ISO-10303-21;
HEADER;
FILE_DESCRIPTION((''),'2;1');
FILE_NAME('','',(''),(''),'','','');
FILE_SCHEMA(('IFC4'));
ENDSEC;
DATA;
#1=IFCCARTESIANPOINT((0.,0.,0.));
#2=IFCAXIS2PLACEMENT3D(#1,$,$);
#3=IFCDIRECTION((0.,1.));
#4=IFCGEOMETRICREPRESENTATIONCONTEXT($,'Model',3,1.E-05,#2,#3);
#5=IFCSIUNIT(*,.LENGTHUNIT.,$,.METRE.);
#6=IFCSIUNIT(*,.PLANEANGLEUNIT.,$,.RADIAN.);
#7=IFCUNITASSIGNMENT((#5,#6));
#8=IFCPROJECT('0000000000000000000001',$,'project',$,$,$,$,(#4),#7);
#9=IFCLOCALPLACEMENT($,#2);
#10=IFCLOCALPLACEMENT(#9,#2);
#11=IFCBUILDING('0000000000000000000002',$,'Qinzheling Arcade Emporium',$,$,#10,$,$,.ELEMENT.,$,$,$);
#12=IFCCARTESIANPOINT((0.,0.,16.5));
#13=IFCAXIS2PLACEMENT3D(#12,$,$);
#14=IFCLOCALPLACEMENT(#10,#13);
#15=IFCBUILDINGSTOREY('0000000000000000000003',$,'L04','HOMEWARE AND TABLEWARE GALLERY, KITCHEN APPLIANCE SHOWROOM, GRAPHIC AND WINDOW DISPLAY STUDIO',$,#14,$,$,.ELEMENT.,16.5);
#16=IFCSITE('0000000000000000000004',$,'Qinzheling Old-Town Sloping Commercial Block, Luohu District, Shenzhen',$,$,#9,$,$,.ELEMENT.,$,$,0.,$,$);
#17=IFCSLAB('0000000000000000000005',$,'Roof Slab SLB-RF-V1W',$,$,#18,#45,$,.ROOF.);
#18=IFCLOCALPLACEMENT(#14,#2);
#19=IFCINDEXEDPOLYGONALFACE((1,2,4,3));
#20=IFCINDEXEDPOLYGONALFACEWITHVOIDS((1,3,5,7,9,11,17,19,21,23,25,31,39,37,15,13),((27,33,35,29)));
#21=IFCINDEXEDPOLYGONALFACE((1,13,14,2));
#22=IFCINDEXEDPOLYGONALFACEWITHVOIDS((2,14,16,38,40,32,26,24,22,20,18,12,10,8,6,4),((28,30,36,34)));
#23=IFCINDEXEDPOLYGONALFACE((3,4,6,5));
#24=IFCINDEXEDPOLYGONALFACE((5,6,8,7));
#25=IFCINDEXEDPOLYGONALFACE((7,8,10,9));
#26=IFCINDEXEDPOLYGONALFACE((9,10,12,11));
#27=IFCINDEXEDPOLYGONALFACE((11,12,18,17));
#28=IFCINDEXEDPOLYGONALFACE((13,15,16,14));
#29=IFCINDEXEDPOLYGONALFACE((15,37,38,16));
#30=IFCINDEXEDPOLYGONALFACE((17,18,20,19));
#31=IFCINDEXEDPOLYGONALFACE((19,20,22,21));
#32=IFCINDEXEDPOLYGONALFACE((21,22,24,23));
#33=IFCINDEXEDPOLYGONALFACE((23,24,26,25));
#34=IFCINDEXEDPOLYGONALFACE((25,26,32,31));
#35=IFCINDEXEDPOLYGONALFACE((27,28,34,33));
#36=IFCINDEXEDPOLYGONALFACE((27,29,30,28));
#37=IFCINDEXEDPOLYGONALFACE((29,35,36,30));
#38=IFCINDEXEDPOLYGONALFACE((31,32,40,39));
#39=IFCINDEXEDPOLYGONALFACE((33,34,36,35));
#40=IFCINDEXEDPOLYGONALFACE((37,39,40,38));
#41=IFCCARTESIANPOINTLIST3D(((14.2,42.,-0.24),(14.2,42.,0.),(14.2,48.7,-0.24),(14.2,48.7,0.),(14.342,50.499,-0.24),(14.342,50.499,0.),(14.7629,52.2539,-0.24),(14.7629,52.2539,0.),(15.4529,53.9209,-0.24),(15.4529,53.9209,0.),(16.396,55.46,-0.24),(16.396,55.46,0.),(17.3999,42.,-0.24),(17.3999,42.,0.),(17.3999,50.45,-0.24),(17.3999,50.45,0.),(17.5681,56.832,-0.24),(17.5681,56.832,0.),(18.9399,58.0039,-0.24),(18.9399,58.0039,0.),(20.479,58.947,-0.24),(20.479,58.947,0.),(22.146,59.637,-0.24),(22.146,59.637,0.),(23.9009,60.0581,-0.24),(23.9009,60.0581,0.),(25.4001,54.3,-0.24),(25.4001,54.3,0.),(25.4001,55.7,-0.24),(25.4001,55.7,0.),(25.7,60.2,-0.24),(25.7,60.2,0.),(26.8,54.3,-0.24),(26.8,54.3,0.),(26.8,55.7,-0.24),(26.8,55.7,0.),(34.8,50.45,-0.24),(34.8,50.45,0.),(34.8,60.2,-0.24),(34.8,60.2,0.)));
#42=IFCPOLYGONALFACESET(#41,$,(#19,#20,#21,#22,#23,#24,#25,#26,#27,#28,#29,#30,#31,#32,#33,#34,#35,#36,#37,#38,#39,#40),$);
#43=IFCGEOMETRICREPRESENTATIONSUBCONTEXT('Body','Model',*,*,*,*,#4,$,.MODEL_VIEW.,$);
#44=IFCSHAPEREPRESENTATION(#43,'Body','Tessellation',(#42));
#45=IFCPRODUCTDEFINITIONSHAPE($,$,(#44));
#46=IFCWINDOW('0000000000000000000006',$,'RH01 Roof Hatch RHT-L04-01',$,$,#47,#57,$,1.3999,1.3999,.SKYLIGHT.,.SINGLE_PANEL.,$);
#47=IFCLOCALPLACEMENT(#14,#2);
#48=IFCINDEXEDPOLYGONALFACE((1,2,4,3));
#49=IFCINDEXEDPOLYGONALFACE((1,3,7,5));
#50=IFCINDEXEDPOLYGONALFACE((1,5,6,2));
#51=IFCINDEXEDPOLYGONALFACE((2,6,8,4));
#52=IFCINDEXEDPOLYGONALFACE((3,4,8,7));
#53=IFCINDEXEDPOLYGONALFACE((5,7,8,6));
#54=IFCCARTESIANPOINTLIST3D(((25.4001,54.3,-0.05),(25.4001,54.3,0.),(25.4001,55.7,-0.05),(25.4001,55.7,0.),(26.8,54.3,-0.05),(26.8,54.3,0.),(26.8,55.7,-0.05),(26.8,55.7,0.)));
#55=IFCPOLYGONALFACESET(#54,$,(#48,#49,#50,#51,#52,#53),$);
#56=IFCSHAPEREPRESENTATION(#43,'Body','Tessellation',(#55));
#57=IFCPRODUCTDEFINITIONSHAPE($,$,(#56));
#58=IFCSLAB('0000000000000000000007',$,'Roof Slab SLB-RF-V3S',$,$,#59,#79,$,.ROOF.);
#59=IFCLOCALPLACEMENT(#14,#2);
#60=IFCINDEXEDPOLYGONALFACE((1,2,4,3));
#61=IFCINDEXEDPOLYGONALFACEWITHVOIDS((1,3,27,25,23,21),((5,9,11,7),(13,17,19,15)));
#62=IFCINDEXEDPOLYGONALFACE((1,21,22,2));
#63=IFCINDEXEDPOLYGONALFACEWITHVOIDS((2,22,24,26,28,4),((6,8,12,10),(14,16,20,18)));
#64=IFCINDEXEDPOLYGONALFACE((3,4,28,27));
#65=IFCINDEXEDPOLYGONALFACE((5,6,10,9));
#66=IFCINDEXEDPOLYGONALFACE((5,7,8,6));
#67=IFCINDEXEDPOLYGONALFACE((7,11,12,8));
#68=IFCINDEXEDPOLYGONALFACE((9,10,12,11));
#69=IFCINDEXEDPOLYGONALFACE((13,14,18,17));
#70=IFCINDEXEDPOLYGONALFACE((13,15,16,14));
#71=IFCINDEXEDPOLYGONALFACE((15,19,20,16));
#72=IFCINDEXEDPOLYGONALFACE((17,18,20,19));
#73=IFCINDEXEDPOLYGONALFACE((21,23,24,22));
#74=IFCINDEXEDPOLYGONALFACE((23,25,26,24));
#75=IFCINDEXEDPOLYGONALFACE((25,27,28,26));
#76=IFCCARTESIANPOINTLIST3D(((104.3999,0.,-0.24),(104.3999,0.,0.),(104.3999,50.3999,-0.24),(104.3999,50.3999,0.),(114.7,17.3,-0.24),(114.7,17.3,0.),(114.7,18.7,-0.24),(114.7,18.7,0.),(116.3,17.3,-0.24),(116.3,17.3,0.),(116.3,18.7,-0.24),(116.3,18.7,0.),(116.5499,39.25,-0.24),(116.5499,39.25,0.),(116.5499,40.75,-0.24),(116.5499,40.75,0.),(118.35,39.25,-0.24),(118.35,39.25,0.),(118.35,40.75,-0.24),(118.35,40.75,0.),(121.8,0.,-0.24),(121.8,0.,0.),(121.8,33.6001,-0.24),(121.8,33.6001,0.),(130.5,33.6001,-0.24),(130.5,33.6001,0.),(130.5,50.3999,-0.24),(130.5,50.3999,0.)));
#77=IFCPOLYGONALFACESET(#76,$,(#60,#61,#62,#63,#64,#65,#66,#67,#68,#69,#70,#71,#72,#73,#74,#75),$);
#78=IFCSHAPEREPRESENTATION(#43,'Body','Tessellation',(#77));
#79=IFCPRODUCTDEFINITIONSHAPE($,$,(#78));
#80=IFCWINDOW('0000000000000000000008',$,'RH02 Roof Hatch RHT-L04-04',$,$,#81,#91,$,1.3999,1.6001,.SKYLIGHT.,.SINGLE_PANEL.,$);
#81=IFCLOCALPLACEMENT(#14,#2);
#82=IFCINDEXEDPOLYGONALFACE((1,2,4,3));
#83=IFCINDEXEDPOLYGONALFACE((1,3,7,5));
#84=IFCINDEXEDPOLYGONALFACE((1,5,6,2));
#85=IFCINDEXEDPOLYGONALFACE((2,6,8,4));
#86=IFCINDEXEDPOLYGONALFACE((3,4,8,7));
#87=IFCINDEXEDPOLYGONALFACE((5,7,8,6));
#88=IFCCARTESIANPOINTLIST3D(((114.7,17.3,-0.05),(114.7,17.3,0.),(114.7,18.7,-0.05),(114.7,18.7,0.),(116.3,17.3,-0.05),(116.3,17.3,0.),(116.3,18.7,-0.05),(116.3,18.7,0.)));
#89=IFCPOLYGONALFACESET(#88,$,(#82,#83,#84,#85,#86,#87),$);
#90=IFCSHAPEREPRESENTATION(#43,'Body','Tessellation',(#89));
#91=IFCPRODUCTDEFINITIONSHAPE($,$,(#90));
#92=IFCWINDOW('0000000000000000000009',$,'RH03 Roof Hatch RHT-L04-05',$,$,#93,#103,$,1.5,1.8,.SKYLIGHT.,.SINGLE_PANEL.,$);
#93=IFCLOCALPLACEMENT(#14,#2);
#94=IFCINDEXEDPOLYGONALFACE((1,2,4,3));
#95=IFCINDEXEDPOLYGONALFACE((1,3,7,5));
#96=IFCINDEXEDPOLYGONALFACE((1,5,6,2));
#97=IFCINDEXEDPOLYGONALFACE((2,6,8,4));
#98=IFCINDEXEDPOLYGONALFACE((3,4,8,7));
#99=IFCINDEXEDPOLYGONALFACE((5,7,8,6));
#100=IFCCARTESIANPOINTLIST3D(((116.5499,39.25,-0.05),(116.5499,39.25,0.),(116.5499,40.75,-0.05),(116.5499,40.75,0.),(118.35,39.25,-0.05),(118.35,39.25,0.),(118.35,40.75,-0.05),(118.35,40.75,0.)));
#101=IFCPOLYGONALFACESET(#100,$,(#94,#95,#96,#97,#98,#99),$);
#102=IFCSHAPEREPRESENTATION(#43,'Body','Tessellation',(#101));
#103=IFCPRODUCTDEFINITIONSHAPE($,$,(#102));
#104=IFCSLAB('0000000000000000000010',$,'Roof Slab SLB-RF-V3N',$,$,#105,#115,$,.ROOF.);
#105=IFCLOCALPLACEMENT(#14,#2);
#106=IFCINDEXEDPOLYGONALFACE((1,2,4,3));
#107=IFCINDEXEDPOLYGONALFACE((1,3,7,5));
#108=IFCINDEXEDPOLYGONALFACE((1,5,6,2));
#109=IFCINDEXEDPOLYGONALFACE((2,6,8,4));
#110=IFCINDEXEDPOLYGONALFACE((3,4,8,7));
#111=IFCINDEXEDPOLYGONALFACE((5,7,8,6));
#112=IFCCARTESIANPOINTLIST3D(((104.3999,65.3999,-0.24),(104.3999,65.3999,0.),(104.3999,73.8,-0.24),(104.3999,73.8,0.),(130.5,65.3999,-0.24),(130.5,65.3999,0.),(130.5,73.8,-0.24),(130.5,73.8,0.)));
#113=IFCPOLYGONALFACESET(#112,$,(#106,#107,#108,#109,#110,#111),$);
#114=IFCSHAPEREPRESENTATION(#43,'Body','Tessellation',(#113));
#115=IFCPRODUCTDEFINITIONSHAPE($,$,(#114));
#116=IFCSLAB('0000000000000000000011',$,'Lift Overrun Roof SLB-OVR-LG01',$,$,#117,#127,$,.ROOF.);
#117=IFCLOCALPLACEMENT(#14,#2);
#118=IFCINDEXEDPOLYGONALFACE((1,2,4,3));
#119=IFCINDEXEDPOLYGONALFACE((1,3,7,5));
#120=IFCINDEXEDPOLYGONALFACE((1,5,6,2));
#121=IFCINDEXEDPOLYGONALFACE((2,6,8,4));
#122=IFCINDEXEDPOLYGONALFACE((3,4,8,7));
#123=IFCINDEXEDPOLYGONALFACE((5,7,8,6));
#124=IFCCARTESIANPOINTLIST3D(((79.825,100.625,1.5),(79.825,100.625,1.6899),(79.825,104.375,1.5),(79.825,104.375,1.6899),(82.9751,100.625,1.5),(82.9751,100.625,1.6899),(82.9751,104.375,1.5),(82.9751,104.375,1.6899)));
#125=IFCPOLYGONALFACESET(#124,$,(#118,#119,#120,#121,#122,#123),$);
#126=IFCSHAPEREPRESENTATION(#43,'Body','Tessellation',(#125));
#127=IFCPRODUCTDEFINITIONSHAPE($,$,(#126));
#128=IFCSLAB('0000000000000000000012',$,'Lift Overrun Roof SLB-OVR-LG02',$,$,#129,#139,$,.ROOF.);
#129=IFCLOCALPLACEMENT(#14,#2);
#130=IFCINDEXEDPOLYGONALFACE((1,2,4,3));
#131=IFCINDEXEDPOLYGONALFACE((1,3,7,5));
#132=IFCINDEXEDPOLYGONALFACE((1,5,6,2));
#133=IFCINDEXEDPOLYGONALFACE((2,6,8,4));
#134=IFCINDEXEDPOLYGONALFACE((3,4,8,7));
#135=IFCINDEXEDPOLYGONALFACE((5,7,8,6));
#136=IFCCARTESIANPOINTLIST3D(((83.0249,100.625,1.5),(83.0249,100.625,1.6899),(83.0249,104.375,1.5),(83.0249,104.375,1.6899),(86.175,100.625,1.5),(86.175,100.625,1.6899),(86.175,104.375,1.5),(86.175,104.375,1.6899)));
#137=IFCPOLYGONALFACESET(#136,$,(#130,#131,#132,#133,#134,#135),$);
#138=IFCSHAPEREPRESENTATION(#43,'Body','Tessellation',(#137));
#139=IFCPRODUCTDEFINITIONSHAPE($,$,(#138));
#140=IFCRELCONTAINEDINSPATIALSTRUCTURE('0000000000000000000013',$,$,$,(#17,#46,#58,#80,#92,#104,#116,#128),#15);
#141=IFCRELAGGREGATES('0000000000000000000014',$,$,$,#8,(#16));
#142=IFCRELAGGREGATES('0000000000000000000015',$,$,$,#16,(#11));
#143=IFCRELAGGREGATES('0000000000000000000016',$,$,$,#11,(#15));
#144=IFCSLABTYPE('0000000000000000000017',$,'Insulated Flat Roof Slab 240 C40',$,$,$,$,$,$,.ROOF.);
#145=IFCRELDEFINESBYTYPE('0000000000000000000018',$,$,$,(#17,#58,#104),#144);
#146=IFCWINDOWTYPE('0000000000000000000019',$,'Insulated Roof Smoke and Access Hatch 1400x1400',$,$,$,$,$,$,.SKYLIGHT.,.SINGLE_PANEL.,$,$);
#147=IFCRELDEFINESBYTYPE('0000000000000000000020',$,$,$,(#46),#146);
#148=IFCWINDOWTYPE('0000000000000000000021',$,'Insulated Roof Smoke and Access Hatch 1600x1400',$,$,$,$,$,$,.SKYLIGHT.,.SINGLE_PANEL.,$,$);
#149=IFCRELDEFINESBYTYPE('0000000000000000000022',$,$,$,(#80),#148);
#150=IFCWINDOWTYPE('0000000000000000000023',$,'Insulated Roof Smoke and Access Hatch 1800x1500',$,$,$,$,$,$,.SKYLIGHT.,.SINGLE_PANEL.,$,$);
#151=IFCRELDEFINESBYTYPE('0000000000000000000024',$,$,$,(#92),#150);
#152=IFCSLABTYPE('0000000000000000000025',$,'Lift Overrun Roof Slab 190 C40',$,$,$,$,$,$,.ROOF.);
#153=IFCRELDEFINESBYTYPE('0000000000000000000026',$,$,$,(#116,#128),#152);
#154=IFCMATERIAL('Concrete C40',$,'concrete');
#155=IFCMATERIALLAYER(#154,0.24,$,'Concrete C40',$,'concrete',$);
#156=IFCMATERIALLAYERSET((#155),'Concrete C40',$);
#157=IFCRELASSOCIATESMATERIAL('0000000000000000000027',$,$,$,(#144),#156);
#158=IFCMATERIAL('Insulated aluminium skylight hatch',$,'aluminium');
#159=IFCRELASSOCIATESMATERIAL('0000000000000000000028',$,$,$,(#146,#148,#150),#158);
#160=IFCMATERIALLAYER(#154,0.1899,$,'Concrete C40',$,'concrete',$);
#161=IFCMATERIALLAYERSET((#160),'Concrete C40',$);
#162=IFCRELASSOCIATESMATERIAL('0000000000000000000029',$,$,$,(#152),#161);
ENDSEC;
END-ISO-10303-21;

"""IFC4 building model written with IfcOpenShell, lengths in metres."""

from ifc_helpers import new_model, si_unit, direction, frame, origin, origin_2d, place, context, subcontext, project, spatial, polyline, rectangle, outline, extrude, material, layer, layer_set, type_object, element, fill, save


model = new_model("IFC4")

# Units and contexts
model_context = context("Model", 3, precision=1e-05, world=origin(), true_north=direction((0.0, 1.0)))
body_context = subcontext(model_context, "Body", "Model", "MODEL_VIEW")
ifc_project = project(units=[si_unit("LENGTHUNIT", "METRE"), si_unit("PLANEANGLEUNIT", "RADIAN")], contexts=[model_context])

# Site, building, storey
site_placement = place(None, origin())
site = spatial("IfcSite", under=ifc_project, at=site_placement, Name="Qinzheling Old-Town Sloping Commercial Block, Luohu District, Shenzhen", CompositionType="ELEMENT", RefElevation=0.0)
building_placement = place(site_placement, origin())
building = spatial("IfcBuilding", under=site, at=building_placement, Name="Qinzheling Arcade Emporium", CompositionType="ELEMENT")
storey_placement = place(building_placement, frame((0.0, 0.0, 16.5)))
storey = spatial("IfcBuildingStorey", under=building, at=storey_placement, Name="L04", Description="HOMEWARE AND TABLEWARE GALLERY, KITCHEN APPLIANCE SHOWROOM, GRAPHIC AND WINDOW DISPLAY STUDIO", CompositionType="ELEMENT", Elevation=16.5)

# Slab, opening, window
ifc_material_1 = material(Name="Concrete C40", Category="concrete")
ifc_layer_1 = layer(ifc_material_1, 0.24, Name="Concrete C40", Category="concrete")
ifc_layer_set_1 = layer_set([ifc_layer_1], Name="Concrete C40")
slab_type_1 = type_object("IfcSlabType", Name="Insulated Flat Roof Slab 240 C40", PredefinedType="ROOF", material=ifc_layer_set_1)
slab_1_placement = place(storey_placement, frame((0.0, 0.0, -0.24)))
slab_1 = element("IfcSlab", 1, at=slab_1_placement, inside=storey, type_object=slab_type_1, Name="Roof Slab SLB-RF-V1W", PredefinedType="ROOF", context=body_context, shape_type="SweptSolid", body=[
    extrude(outline(polyline([(17.3999, 42.0), (17.3999, 50.45), (34.8, 50.45), (34.8, 60.2), (25.7, 60.2), (23.9009, 60.0581), (22.146, 59.637), (20.479, 58.947), (18.9399, 58.0039), (17.5681, 56.832), (16.396, 55.46), (15.4529, 53.9209), (14.7629, 52.2539), (14.342, 50.499), (14.2, 48.7), (14.2, 42.0), (17.3999, 42.0)])), origin(), (0.0, 0.0, 1.0), 0.24),
])
opening_1_placement = place(slab_1_placement, frame((26.1001, 55.0, -0.01)))
opening_1 = element("IfcOpeningElement", 2, at=opening_1_placement, cuts=slab_1, PredefinedType="OPENING", context=body_context, shape_type="SweptSolid", body=[
    extrude(rectangle(XDim=1.3999, YDim=1.3999, at=origin_2d()), origin(), (0.0, 0.0, 1.0), 0.26),
])
ifc_material_2 = material(Name="Insulated aluminium skylight hatch", Category="aluminium")
window_type_1 = type_object("IfcWindowType", Name="Insulated Roof Smoke and Access Hatch 1400x1400", PartitioningType="SINGLE_PANEL", PredefinedType="SKYLIGHT", material=ifc_material_2)
window_1_placement = place(opening_1_placement, frame((0.0, 0.0, 0.2)))
window_1 = element("IfcWindow", 3, at=window_1_placement, inside=storey, type_object=window_type_1, Name="RH01 Roof Hatch RHT-L04-01", OverallHeight=1.3999, OverallWidth=1.3999, PartitioningType="SINGLE_PANEL", PredefinedType="SKYLIGHT", context=body_context, shape_type="SweptSolid", body=[
    extrude(rectangle(XDim=1.3999, YDim=1.3999, at=origin_2d()), origin(), (0.0, 0.0, 1.0), 0.05),
])
fill(opening_1, window_1)

# Slab, openings, windows
slab_2_placement = place(storey_placement, frame((0.0, 0.0, -0.24)))
slab_2 = element("IfcSlab", 4, at=slab_2_placement, inside=storey, type_object=slab_type_1, Name="Roof Slab SLB-RF-V3S", PredefinedType="ROOF", context=body_context, shape_type="SweptSolid", body=[
    extrude(outline(polyline([(121.8, 33.6001), (130.5, 33.6001), (130.5, 50.3999), (104.3999, 50.3999), (104.3999, 33.6001), (104.3999, 0.0), (121.8, 0.0), (121.8, 33.6001)])), origin(), (0.0, 0.0, 1.0), 0.24),
])
opening_2_placement = place(slab_2_placement, frame((115.5, 18.0, -0.01)))
opening_2 = element("IfcOpeningElement", 5, at=opening_2_placement, cuts=slab_2, PredefinedType="OPENING", context=body_context, shape_type="SweptSolid", body=[
    extrude(rectangle(XDim=1.6001, YDim=1.3999, at=origin_2d()), origin(), (0.0, 0.0, 1.0), 0.26),
])
opening_3_placement = place(slab_2_placement, frame((117.45, 40.0, -0.01)))
opening_3 = element("IfcOpeningElement", 6, at=opening_3_placement, cuts=slab_2, PredefinedType="OPENING", context=body_context, shape_type="SweptSolid", body=[
    extrude(rectangle(XDim=1.8, YDim=1.5, at=origin_2d()), origin(), (0.0, 0.0, 1.0), 0.26),
])
window_type_2 = type_object("IfcWindowType", Name="Insulated Roof Smoke and Access Hatch 1600x1400", PartitioningType="SINGLE_PANEL", PredefinedType="SKYLIGHT", material=ifc_material_2)
window_2_placement = place(opening_2_placement, frame((0.0, 0.0, 0.2)))
window_2 = element("IfcWindow", 7, at=window_2_placement, inside=storey, type_object=window_type_2, Name="RH02 Roof Hatch RHT-L04-04", OverallHeight=1.3999, OverallWidth=1.6001, PartitioningType="SINGLE_PANEL", PredefinedType="SKYLIGHT", context=body_context, shape_type="SweptSolid", body=[
    extrude(rectangle(XDim=1.6001, YDim=1.3999, at=origin_2d()), origin(), (0.0, 0.0, 1.0), 0.05),
])
fill(opening_2, window_2)
window_type_3 = type_object("IfcWindowType", Name="Insulated Roof Smoke and Access Hatch 1800x1500", PartitioningType="SINGLE_PANEL", PredefinedType="SKYLIGHT", material=ifc_material_2)
window_3_placement = place(opening_3_placement, frame((0.0, 0.0, 0.2)))
window_3 = element("IfcWindow", 8, at=window_3_placement, inside=storey, type_object=window_type_3, Name="RH03 Roof Hatch RHT-L04-05", OverallHeight=1.5, OverallWidth=1.8, PartitioningType="SINGLE_PANEL", PredefinedType="SKYLIGHT", context=body_context, shape_type="SweptSolid", body=[
    extrude(rectangle(XDim=1.8, YDim=1.5, at=origin_2d()), origin(), (0.0, 0.0, 1.0), 0.05),
])
fill(opening_3, window_3)

# Slabs
slab_3_placement = place(storey_placement, frame((0.0, 0.0, -0.24)))
element("IfcSlab", 9, at=slab_3_placement, inside=storey, type_object=slab_type_1, Name="Roof Slab SLB-RF-V3N", PredefinedType="ROOF", context=body_context, shape_type="SweptSolid", body=[
    extrude(outline(polyline([(130.5, 65.3999), (130.5, 73.8), (104.3999, 73.8), (104.3999, 65.3999), (130.5, 65.3999)])), origin(), (0.0, 0.0, 1.0), 0.24),
])
ifc_layer_2 = layer(ifc_material_1, 0.1899, Name="Concrete C40", Category="concrete")
ifc_layer_set_2 = layer_set([ifc_layer_2], Name="Concrete C40")
slab_type_2 = type_object("IfcSlabType", Name="Lift Overrun Roof Slab 190 C40", PredefinedType="ROOF", material=ifc_layer_set_2)
slab_4_placement = place(storey_placement, frame((0.0, 0.0, 1.5)))
element("IfcSlab", 10, at=slab_4_placement, inside=storey, type_object=slab_type_2, Name="Lift Overrun Roof SLB-OVR-LG01", PredefinedType="ROOF", context=body_context, shape_type="SweptSolid", body=[
    extrude(outline(polyline([(79.825, 100.625), (82.9751, 100.625), (82.9751, 104.375), (79.825, 104.375), (79.825, 100.625)])), origin(), (0.0, 0.0, 1.0), 0.1899),
])
slab_5_placement = place(storey_placement, frame((0.0, 0.0, 1.5)))
element("IfcSlab", 11, at=slab_5_placement, inside=storey, type_object=slab_type_2, Name="Lift Overrun Roof SLB-OVR-LG02", PredefinedType="ROOF", context=body_context, shape_type="SweptSolid", body=[
    extrude(outline(polyline([(83.0249, 100.625), (86.175, 100.625), (86.175, 104.375), (83.0249, 104.375), (83.0249, 100.625)])), origin(), (0.0, 0.0, 1.0), 0.1899),
])

save(model, "model.ifc")
